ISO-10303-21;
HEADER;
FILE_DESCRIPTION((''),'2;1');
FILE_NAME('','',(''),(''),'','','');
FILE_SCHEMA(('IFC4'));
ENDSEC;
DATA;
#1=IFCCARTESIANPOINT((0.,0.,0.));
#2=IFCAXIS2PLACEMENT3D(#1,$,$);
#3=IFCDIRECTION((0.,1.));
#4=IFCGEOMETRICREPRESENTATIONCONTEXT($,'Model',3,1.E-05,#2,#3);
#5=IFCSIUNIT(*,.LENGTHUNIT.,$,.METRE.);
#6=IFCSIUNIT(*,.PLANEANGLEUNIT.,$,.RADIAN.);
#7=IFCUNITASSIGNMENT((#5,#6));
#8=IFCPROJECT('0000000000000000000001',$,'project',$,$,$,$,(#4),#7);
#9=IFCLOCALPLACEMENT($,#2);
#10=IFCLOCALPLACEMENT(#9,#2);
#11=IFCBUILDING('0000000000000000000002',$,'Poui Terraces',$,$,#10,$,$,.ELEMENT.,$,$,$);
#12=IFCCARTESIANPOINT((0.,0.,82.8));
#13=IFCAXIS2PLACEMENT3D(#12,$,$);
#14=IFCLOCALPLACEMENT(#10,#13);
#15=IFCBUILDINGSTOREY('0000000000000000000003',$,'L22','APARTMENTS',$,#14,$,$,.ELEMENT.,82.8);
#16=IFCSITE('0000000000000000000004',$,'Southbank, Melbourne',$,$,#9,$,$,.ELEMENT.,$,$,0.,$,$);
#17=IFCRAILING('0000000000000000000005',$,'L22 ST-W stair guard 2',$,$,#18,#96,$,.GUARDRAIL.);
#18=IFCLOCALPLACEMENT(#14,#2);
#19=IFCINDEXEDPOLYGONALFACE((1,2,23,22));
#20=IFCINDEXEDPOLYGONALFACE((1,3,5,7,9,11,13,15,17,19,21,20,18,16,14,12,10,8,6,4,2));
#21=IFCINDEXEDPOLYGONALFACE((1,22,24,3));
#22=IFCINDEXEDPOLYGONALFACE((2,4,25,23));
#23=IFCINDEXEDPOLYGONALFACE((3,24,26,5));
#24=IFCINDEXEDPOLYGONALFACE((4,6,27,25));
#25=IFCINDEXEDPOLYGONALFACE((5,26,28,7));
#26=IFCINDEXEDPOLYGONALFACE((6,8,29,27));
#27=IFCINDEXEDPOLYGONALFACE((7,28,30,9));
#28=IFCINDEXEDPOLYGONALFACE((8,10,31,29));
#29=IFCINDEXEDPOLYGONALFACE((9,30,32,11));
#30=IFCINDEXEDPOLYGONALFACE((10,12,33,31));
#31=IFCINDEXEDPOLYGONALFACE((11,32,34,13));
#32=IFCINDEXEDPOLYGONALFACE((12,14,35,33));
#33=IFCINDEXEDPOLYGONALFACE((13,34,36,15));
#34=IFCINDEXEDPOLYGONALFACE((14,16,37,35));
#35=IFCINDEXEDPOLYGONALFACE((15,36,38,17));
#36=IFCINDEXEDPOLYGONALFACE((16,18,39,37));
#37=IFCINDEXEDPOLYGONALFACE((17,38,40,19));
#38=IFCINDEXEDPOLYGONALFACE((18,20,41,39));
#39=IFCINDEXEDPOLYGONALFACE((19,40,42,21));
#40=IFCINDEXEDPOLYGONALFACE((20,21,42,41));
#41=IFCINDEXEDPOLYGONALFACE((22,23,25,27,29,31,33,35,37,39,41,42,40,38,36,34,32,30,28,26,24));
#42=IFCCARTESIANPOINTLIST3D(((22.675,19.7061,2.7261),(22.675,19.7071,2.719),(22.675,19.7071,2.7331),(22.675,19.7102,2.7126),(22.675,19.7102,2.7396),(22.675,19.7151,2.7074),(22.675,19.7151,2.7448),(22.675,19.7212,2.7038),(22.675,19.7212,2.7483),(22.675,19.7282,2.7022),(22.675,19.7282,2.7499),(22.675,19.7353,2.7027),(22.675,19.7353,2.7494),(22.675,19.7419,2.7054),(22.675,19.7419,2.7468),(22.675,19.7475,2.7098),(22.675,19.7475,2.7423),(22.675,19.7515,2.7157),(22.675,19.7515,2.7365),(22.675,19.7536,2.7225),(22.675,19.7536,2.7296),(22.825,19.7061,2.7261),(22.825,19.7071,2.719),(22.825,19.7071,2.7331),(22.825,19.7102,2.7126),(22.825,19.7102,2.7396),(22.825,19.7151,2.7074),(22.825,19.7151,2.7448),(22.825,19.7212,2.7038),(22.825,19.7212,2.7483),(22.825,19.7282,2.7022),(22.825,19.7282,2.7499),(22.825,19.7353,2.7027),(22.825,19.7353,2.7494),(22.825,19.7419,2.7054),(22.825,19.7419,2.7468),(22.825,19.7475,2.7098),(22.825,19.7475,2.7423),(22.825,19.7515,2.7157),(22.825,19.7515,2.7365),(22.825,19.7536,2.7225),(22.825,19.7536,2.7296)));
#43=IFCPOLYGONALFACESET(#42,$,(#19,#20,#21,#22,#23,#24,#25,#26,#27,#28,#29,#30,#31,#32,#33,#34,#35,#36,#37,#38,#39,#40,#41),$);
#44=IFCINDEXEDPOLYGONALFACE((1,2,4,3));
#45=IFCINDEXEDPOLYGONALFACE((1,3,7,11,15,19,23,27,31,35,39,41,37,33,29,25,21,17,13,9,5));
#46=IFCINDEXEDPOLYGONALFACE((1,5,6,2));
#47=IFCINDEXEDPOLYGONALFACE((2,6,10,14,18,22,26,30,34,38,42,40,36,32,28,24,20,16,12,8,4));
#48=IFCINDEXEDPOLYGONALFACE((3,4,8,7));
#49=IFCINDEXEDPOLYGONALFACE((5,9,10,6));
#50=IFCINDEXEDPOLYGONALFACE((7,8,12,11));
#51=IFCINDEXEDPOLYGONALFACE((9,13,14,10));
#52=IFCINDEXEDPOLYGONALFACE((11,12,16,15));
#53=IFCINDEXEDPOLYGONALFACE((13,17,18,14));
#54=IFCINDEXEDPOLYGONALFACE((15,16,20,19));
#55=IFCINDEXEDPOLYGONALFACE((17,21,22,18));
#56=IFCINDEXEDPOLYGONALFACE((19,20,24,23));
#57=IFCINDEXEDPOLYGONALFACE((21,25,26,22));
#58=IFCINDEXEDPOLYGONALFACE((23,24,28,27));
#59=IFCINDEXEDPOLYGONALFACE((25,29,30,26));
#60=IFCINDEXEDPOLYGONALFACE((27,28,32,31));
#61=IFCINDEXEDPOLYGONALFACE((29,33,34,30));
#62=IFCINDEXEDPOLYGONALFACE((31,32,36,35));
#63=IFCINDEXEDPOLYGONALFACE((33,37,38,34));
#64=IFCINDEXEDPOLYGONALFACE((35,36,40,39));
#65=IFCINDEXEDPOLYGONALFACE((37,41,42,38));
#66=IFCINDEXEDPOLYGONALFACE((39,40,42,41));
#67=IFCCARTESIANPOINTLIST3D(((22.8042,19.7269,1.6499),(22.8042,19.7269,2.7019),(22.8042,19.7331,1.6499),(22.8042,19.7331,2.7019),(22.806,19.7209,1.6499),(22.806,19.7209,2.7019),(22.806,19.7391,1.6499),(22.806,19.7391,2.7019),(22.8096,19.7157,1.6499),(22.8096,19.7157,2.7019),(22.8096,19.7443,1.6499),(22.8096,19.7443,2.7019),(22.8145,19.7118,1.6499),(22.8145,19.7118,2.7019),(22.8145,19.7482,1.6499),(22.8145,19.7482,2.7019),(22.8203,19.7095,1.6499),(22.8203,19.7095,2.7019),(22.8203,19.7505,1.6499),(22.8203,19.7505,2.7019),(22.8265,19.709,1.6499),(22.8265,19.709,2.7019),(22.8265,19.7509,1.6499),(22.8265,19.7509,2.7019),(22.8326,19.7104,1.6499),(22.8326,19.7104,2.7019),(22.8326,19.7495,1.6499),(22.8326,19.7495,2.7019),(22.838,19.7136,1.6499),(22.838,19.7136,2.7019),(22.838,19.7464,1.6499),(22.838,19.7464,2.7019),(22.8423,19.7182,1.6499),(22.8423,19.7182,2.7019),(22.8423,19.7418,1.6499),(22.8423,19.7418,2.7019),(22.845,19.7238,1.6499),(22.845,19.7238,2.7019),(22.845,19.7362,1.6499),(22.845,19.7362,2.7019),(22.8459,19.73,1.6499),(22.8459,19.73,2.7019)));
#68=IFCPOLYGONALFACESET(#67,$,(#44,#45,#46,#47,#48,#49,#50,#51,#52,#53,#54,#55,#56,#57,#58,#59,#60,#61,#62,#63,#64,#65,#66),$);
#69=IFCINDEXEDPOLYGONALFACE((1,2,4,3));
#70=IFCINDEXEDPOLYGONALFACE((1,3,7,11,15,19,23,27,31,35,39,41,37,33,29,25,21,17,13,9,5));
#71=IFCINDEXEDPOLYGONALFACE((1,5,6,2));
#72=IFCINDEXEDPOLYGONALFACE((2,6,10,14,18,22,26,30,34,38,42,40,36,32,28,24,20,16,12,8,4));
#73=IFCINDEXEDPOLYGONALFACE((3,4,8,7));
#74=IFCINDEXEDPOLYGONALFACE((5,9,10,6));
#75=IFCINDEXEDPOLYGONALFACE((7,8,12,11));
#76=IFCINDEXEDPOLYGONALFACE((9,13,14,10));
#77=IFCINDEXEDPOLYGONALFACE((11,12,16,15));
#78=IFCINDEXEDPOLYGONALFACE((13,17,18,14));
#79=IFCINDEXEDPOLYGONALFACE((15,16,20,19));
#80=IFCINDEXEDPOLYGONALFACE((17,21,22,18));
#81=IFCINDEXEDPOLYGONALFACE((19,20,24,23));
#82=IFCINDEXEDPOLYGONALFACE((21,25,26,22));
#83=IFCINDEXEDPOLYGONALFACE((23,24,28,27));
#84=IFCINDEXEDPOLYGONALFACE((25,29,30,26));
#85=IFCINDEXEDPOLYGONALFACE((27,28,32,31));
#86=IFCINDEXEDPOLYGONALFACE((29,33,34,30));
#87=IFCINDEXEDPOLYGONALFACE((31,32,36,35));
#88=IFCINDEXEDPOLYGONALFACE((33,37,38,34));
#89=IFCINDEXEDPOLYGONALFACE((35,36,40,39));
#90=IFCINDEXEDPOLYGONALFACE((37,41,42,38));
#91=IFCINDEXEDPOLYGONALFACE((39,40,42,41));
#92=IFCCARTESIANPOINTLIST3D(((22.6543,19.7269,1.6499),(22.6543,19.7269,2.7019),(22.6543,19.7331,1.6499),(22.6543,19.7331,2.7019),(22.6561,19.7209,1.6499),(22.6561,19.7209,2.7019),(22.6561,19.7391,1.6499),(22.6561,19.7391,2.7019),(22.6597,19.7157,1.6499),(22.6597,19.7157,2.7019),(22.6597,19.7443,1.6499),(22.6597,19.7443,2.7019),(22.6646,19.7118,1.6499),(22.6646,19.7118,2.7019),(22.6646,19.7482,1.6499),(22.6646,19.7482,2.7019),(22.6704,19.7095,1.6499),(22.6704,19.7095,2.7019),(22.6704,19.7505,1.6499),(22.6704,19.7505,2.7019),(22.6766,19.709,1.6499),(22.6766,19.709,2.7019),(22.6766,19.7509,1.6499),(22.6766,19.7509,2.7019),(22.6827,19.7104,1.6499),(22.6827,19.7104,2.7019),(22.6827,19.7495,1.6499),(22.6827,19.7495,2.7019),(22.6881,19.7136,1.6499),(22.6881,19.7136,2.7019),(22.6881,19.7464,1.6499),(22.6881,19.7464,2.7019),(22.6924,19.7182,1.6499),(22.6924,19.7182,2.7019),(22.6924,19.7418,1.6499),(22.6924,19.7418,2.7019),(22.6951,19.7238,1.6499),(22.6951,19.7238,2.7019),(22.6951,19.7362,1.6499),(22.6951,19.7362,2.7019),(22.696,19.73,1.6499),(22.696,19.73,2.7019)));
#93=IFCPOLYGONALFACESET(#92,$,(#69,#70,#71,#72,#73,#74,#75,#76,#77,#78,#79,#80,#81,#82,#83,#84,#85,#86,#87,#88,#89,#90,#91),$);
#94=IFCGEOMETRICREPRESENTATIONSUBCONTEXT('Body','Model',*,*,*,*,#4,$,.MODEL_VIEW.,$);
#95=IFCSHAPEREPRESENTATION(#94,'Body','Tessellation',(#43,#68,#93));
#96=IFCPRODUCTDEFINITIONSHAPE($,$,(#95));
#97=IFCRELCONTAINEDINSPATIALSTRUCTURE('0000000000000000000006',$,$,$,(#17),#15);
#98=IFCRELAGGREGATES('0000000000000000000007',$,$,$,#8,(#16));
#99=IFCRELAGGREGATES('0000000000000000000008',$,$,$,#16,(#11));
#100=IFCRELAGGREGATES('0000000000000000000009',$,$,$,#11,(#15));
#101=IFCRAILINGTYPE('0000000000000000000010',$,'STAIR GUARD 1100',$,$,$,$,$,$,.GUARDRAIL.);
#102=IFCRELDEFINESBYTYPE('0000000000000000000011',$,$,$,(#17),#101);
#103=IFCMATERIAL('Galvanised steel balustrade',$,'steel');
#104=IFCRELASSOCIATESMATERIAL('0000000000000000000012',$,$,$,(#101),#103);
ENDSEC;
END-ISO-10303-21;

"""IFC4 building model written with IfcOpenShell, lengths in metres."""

from ifc_helpers import new_model, si_unit, direction, frame, origin, origin_2d, place, context, subcontext, project, spatial, circle, extrude, material, type_object, element, save


model = new_model("IFC4")

# Units and contexts
model_context = context("Model", 3, precision=1e-05, world=origin(), true_north=direction((0.0, 1.0)))
body_context = subcontext(model_context, "Body", "Model", "MODEL_VIEW")
ifc_project = project(units=[si_unit("LENGTHUNIT", "METRE"), si_unit("PLANEANGLEUNIT", "RADIAN")], contexts=[model_context])

# Site, building, storey
site_placement = place(None, origin())
site = spatial("IfcSite", under=ifc_project, at=site_placement, Name="Southbank, Melbourne", CompositionType="ELEMENT", RefElevation=0.0)
building_placement = place(site_placement, origin())
building = spatial("IfcBuilding", under=site, at=building_placement, Name="Poui Terraces", CompositionType="ELEMENT")
storey_placement = place(building_placement, frame((0.0, 0.0, 82.8)))
storey = spatial("IfcBuildingStorey", under=building, at=storey_placement, Name="L22", Description="APARTMENTS", CompositionType="ELEMENT", Elevation=82.8)

# Railing
ifc_material_1 = material(Name="Galvanised steel balustrade", Category="steel")
railing_type_1 = type_object("IfcRailingType", Name="STAIR GUARD 1100", PredefinedType="GUARDRAIL", material=ifc_material_1)
railing_1_placement = place(storey_placement, frame((22.825, 19.73, 1.6499)))
element("IfcRailing", 1, at=railing_1_placement, inside=storey, type_object=railing_type_1, Name="L22 ST-W stair guard 2", PredefinedType="GUARDRAIL", context=body_context, shape_type="SweptSolid", body=[
    extrude(circle(Radius=0.0239, at=origin_2d()), frame((0.0, 0.0, 1.0762), z_axis=(-1.0, 0.0, 0.0), x_axis=(0.0, -1.0, 0.0)), (0.0, 0.0, 1.0), 0.1499),
    extrude(circle(Radius=0.021, at=origin_2d()), origin(), (0.0, 0.0, 1.0), 1.052),
    extrude(circle(Radius=0.021, at=origin_2d()), frame((-0.1499, 0.0, 0.0)), (0.0, 0.0, 1.0), 1.052),
])

save(model, "model.ifc")
